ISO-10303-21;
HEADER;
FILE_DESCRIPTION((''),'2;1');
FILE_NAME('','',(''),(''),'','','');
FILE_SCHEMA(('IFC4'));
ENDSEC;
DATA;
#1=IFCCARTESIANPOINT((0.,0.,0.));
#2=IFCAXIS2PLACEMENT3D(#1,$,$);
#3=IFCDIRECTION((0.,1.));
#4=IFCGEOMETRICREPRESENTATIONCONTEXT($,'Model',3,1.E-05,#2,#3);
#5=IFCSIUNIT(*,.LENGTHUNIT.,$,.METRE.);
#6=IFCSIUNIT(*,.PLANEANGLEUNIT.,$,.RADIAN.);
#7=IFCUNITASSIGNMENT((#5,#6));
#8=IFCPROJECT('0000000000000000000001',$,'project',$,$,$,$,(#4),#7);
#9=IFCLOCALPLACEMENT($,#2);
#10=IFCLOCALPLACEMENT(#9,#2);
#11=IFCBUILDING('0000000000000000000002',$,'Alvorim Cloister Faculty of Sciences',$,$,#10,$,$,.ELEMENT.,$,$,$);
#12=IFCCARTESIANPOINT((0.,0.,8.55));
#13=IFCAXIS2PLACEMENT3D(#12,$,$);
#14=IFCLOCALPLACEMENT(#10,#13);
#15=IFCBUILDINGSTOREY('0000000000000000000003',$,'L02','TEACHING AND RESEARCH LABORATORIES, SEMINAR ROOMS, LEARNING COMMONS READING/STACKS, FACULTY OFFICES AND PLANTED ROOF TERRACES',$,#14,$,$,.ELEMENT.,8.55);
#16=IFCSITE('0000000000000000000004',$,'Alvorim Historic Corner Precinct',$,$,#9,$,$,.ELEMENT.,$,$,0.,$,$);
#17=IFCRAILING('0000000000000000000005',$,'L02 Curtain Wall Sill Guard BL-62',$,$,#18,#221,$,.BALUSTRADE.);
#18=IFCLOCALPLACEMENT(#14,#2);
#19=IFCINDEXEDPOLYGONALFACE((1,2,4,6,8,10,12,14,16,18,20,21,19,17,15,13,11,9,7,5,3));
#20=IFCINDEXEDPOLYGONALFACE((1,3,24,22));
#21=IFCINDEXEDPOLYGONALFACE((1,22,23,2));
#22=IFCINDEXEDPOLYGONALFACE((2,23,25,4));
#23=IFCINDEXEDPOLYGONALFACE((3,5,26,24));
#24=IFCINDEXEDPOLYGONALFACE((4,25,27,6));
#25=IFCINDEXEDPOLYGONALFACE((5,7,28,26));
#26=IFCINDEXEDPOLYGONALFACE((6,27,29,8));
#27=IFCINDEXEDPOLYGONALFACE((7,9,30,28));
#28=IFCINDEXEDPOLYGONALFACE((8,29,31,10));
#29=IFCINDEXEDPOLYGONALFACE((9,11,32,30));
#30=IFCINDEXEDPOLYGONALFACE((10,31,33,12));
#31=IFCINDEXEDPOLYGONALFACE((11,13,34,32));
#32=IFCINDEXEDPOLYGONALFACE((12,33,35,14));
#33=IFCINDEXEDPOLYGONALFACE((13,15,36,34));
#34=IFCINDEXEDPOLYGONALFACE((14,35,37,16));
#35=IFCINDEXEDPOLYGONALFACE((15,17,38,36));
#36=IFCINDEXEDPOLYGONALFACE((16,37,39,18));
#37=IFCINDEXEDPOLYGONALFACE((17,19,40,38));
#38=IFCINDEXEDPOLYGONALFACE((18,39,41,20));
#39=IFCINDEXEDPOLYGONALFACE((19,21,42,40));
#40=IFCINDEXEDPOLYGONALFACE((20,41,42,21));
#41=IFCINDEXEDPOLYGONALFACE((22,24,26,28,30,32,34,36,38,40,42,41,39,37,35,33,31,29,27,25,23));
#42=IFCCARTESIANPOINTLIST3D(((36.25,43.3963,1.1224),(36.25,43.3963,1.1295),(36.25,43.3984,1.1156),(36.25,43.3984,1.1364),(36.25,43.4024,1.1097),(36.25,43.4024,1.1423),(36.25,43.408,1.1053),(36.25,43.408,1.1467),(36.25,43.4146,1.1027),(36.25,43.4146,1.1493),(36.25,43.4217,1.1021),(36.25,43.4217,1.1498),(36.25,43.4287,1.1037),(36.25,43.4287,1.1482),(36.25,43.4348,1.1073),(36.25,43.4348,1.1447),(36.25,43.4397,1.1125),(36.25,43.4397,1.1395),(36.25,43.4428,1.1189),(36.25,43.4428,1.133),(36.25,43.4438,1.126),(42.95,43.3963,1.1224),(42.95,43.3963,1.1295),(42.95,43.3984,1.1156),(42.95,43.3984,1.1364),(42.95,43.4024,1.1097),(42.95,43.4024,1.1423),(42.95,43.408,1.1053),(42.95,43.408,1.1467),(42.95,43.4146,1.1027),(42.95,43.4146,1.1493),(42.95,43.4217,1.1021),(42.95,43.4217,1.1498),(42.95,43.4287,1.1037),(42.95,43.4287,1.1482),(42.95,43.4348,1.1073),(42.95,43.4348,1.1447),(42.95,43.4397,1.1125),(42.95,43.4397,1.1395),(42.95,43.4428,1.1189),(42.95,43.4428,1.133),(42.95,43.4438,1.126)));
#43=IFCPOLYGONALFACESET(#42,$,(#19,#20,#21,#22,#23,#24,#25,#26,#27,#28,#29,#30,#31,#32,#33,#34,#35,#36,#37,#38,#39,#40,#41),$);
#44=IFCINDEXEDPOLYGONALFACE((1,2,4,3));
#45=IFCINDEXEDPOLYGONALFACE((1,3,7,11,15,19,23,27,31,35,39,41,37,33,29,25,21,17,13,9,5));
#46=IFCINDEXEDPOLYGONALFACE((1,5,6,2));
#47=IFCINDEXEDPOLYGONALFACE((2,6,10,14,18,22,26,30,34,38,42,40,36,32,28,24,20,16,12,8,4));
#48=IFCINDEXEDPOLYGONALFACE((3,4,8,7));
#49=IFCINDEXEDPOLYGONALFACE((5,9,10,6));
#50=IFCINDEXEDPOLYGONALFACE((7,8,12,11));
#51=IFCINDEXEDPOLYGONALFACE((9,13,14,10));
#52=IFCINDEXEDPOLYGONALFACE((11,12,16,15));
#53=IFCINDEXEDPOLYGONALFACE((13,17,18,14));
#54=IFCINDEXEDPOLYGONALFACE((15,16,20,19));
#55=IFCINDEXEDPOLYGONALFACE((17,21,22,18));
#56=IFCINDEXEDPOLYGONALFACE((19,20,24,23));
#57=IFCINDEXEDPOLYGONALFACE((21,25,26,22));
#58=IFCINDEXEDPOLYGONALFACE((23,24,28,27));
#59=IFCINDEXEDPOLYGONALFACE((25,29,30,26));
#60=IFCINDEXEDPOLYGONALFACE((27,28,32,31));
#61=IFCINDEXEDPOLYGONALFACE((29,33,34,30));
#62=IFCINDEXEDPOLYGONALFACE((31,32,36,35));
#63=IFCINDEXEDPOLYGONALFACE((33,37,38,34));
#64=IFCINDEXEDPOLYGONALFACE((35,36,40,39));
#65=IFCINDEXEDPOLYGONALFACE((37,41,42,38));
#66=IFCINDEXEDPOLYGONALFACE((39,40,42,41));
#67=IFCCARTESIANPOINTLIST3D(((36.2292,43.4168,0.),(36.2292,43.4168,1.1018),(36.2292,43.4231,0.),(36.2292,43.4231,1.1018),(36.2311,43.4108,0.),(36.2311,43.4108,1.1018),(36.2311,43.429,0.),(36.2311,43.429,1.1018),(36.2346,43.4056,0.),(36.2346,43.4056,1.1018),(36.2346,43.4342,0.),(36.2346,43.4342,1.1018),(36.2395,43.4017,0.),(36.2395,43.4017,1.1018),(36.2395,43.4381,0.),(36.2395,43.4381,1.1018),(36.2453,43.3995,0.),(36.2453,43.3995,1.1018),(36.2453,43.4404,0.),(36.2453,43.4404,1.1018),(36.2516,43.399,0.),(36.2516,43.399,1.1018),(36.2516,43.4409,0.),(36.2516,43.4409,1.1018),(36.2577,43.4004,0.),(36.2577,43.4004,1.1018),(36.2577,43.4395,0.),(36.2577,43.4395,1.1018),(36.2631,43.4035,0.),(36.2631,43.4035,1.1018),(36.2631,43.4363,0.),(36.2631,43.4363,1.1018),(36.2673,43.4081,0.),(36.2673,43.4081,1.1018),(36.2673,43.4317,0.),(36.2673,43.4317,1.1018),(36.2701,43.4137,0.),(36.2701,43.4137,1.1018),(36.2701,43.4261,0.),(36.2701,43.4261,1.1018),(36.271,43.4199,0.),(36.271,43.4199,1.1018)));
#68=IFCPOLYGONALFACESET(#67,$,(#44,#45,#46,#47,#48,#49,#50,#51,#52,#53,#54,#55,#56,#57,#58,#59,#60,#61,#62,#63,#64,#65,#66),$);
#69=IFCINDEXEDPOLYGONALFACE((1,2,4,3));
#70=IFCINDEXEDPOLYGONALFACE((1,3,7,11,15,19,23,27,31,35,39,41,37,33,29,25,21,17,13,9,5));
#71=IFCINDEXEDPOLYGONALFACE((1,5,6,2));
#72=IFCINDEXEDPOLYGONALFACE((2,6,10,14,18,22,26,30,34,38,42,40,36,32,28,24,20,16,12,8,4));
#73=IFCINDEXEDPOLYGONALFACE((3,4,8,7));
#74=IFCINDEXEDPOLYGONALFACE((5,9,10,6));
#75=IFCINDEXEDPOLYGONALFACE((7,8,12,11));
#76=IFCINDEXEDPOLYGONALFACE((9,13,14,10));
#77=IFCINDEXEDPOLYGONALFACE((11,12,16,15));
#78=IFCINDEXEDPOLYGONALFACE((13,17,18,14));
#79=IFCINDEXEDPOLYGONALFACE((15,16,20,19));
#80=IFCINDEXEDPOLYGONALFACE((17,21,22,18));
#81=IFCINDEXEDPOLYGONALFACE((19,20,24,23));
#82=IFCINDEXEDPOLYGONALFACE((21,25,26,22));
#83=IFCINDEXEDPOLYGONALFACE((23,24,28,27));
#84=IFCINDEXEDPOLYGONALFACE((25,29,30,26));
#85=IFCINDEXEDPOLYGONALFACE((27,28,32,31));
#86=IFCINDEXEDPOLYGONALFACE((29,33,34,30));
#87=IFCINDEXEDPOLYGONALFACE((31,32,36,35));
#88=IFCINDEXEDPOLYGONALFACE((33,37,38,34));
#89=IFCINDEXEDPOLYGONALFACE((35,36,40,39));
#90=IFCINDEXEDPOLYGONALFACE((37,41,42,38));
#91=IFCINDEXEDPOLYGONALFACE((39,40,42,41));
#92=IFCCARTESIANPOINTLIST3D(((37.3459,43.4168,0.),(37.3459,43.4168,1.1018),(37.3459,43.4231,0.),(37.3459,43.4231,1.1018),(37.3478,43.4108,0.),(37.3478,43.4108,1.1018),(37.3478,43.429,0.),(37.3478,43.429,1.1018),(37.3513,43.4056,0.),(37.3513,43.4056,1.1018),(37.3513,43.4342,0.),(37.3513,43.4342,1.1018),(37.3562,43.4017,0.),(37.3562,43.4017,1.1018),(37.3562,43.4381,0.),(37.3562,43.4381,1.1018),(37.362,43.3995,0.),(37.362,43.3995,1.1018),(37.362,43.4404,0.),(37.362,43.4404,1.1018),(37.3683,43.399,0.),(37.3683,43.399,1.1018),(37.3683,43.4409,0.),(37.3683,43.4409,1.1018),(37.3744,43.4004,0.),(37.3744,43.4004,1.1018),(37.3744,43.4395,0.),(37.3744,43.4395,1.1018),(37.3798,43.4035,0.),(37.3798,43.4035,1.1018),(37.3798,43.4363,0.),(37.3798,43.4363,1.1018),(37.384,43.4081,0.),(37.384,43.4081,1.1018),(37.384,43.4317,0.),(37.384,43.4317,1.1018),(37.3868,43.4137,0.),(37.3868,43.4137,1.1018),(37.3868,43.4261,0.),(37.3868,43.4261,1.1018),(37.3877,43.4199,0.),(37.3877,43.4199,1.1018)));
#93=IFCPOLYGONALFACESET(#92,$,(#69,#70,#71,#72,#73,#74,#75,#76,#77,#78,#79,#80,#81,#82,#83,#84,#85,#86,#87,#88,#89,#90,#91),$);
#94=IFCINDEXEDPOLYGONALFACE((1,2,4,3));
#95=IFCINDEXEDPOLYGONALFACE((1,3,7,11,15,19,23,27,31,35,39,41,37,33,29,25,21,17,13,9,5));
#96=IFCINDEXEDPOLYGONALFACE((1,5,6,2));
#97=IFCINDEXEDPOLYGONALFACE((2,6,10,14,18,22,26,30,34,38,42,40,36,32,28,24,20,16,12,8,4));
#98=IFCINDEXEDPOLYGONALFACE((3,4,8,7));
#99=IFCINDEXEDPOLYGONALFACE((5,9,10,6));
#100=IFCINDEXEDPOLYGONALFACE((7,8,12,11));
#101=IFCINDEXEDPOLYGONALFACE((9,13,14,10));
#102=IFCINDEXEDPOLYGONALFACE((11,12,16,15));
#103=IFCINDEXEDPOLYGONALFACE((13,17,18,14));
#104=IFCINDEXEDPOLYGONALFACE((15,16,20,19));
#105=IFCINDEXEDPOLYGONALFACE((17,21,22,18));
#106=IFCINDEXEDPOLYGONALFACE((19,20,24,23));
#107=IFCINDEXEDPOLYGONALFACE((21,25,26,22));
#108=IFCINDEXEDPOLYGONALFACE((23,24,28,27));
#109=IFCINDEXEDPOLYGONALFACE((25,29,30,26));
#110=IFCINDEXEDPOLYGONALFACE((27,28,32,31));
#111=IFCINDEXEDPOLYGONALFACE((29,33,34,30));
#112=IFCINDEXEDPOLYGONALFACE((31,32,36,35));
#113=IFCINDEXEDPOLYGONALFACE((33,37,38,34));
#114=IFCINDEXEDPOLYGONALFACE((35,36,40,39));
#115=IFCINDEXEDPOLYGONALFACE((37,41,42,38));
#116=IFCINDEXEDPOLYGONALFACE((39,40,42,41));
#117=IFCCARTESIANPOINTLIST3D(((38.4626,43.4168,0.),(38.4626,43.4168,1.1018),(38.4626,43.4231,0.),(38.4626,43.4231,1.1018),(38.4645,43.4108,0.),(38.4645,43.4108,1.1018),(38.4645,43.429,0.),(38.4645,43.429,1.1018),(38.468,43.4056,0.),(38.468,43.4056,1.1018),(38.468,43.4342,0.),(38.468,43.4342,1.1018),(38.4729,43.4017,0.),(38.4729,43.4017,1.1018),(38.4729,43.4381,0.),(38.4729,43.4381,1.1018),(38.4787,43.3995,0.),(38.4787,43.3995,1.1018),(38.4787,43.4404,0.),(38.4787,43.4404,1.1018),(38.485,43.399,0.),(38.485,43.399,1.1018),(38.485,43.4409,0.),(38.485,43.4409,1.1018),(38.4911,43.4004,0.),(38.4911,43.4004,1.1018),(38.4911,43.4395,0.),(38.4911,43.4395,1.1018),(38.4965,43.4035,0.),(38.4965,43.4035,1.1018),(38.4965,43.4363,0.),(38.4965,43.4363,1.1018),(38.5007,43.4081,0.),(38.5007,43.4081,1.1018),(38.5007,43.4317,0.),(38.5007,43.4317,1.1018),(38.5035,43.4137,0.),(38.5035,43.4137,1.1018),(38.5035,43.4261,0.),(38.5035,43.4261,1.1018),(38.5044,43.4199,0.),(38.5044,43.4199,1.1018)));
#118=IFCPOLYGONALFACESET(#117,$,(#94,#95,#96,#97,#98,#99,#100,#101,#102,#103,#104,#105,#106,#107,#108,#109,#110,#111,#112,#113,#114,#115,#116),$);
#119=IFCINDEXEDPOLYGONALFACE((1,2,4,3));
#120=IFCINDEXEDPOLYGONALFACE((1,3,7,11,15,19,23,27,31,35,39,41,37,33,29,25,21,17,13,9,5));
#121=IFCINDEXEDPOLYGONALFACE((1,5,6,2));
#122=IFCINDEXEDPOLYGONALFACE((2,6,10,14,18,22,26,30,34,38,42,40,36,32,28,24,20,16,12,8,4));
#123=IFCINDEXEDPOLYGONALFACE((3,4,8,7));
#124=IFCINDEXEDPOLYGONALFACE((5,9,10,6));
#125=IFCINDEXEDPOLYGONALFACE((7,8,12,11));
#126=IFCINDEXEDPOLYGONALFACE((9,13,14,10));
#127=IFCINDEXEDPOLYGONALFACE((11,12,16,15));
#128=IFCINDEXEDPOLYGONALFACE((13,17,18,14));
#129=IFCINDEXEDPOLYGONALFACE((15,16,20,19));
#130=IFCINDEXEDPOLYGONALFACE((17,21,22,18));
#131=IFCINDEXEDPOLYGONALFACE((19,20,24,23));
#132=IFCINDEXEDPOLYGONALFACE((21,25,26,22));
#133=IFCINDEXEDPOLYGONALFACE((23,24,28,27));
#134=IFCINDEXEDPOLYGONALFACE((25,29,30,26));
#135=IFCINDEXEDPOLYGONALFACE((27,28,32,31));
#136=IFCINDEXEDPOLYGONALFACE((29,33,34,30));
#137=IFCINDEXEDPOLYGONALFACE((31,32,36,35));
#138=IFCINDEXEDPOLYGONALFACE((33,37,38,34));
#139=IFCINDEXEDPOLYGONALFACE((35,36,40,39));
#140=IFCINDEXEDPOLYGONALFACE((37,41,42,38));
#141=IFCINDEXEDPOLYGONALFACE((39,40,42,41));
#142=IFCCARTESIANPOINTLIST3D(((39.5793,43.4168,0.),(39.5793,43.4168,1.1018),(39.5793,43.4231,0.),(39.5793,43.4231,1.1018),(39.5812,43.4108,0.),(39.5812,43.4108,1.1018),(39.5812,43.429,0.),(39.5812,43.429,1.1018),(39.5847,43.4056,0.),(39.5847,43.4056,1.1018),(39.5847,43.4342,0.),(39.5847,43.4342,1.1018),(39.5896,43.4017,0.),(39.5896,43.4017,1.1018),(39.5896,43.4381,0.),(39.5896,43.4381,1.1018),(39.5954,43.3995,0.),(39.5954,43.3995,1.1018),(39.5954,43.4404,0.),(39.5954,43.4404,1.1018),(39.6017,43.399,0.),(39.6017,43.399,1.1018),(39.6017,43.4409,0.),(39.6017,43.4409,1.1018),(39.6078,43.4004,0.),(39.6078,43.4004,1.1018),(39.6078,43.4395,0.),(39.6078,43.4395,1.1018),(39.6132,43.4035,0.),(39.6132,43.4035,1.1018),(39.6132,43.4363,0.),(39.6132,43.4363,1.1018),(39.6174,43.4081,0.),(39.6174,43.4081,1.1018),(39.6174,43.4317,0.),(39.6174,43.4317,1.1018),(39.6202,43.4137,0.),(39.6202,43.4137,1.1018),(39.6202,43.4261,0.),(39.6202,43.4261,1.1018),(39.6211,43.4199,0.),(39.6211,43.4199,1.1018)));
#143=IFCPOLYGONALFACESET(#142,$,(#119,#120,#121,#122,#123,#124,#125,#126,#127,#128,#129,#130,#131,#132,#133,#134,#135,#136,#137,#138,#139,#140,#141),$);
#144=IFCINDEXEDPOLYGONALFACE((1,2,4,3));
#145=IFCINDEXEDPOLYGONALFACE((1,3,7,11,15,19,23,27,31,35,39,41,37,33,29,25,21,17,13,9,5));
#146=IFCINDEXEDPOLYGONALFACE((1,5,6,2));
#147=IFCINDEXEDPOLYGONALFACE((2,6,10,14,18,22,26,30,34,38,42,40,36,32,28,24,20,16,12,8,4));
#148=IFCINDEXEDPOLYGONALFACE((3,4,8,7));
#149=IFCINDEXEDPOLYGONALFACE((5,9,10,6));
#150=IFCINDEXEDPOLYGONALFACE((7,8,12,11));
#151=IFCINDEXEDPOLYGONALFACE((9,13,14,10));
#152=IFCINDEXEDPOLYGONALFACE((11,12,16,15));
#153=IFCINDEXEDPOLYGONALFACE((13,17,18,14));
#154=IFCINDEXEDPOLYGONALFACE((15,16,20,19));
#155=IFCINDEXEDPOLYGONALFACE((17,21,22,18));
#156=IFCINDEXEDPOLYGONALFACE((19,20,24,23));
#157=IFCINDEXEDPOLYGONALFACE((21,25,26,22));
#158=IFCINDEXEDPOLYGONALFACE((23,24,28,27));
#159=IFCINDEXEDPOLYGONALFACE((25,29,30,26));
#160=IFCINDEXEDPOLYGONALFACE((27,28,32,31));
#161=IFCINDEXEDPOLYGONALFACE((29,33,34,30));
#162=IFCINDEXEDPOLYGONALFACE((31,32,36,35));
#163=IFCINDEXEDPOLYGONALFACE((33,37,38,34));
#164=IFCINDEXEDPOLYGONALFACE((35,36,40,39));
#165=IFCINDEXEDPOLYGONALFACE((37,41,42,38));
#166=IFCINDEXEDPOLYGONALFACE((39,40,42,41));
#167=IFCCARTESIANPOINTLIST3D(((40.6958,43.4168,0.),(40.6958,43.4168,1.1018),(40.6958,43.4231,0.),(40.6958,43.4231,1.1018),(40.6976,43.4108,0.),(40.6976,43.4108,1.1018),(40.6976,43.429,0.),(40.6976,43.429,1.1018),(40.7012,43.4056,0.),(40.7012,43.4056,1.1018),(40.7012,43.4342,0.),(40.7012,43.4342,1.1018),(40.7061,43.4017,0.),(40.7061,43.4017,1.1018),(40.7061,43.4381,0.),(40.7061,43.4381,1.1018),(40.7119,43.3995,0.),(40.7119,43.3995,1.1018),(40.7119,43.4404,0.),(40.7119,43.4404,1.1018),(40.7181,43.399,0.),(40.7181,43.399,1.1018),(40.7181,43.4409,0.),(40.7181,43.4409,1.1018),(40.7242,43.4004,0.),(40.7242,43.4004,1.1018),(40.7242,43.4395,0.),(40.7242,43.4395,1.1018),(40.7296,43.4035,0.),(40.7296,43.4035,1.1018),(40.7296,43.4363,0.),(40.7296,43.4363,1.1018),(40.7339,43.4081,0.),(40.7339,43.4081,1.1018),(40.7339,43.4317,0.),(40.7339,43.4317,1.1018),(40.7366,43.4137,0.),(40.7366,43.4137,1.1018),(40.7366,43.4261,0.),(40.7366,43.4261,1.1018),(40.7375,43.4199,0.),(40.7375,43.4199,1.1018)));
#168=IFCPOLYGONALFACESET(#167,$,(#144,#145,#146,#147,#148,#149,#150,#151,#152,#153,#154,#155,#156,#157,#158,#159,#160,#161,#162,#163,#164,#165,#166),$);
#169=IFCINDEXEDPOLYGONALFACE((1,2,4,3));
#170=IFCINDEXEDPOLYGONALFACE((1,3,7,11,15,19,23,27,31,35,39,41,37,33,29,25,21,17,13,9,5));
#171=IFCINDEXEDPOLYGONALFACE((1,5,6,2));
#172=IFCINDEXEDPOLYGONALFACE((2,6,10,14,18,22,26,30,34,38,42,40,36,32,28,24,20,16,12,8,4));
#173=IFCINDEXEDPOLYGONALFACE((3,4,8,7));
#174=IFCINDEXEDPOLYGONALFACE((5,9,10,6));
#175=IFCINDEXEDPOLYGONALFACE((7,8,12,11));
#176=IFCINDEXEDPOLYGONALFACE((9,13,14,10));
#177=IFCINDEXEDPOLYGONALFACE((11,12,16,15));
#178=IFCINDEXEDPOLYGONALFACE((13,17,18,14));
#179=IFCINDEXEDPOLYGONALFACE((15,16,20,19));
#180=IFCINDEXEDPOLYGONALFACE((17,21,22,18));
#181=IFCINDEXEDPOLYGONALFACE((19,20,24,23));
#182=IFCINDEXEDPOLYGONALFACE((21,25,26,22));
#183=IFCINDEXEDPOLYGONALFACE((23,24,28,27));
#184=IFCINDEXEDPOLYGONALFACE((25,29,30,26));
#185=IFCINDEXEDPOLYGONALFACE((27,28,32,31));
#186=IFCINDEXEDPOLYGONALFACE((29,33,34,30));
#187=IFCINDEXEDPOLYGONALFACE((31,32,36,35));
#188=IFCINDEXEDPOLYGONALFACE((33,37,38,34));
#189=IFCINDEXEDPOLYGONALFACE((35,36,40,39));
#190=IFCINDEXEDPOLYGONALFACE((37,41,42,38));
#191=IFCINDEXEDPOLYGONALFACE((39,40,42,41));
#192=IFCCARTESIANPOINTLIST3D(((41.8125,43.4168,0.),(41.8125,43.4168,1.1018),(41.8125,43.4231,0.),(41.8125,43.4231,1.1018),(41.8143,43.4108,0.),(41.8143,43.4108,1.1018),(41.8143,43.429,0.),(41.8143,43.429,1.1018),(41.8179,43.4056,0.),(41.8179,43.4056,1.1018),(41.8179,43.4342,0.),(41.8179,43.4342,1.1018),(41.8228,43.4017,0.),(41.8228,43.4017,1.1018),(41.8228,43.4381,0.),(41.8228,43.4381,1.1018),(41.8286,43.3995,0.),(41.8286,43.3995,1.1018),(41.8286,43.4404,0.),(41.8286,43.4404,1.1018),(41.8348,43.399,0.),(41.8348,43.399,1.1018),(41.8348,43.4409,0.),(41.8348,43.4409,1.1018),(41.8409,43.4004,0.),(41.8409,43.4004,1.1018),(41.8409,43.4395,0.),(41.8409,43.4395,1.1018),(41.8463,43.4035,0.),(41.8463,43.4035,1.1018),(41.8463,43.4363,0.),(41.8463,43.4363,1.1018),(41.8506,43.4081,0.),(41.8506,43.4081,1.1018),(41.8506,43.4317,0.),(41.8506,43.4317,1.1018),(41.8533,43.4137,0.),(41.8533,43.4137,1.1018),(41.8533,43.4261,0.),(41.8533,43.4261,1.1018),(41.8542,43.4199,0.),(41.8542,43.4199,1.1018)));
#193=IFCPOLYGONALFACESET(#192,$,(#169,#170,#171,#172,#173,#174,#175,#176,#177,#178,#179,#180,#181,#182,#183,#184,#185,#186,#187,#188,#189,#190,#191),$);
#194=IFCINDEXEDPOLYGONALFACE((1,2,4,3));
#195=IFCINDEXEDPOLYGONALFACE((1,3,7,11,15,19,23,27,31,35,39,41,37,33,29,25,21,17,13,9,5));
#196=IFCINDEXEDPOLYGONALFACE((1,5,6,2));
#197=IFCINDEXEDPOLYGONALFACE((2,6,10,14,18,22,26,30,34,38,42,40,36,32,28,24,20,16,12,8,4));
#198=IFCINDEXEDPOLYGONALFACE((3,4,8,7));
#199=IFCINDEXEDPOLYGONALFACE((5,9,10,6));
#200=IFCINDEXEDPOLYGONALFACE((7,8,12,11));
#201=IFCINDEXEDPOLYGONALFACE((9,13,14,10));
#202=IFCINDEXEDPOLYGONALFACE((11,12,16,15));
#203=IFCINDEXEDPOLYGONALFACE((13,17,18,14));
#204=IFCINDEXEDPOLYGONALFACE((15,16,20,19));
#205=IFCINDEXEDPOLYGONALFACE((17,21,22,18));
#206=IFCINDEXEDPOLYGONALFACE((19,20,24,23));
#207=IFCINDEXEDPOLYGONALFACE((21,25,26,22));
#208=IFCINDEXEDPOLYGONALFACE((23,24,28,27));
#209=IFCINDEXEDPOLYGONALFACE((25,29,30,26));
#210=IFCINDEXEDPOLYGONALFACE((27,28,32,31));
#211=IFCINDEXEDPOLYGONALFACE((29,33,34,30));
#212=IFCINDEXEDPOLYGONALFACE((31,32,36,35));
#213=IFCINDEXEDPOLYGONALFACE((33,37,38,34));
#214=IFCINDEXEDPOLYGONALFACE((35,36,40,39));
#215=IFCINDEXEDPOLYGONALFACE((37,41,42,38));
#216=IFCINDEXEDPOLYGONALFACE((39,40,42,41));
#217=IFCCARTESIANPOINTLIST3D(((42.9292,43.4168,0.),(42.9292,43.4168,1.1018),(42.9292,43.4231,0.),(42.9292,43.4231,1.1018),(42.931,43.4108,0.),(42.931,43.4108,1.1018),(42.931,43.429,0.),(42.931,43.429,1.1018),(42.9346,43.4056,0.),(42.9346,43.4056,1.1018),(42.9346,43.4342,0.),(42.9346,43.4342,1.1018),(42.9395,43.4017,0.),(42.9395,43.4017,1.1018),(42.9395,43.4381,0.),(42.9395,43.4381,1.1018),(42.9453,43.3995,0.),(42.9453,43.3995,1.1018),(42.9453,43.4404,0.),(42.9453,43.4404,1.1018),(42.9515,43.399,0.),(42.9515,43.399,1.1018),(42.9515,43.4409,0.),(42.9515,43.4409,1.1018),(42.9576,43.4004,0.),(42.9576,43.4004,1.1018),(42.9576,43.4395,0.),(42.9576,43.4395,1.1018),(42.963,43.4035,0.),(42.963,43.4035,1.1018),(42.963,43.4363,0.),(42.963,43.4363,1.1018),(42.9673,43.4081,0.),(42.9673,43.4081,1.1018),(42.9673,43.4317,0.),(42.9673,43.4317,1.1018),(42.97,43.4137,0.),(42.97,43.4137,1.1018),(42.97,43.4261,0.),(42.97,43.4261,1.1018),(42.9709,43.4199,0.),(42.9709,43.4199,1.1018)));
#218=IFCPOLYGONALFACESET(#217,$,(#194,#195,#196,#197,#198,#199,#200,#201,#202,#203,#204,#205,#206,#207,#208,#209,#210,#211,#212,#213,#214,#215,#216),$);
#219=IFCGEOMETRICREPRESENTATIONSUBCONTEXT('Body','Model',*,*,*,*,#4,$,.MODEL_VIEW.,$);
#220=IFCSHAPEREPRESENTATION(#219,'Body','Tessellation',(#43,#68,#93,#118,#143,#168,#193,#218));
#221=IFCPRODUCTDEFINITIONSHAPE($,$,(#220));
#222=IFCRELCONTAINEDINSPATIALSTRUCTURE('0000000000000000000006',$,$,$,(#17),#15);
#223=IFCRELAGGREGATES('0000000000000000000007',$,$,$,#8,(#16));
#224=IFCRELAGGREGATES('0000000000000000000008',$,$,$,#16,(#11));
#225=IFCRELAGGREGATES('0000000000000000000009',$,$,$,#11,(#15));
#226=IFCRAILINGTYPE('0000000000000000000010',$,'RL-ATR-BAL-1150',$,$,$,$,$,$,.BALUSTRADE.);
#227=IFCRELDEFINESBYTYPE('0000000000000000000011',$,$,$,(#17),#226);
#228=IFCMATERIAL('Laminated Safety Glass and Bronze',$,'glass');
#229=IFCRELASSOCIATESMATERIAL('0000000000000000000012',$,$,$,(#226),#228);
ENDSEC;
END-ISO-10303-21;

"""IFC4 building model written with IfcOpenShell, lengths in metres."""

from ifc_helpers import new_model, si_unit, direction, frame, origin, origin_2d, place, context, subcontext, project, spatial, circle, extrude, material, type_object, element, save


model = new_model("IFC4")

# Units and contexts
model_context = context("Model", 3, precision=1e-05, world=origin(), true_north=direction((0.0, 1.0)))
body_context = subcontext(model_context, "Body", "Model", "MODEL_VIEW")
ifc_project = project(units=[si_unit("LENGTHUNIT", "METRE"), si_unit("PLANEANGLEUNIT", "RADIAN")], contexts=[model_context])

# Site, building, storey
site_placement = place(None, origin())
site = spatial("IfcSite", under=ifc_project, at=site_placement, Name="Alvorim Historic Corner Precinct", CompositionType="ELEMENT", RefElevation=0.0)
building_placement = place(site_placement, origin())
building = spatial("IfcBuilding", under=site, at=building_placement, Name="Alvorim Cloister Faculty of Sciences", CompositionType="ELEMENT")
storey_placement = place(building_placement, frame((0.0, 0.0, 8.55)))
storey = spatial("IfcBuildingStorey", under=building, at=storey_placement, Name="L02", Description="TEACHING AND RESEARCH LABORATORIES, SEMINAR ROOMS, LEARNING COMMONS READING/STACKS, FACULTY OFFICES AND PLANTED ROOF TERRACES", CompositionType="ELEMENT", Elevation=8.55)

# Railing
ifc_material_1 = material(Name="Laminated Safety Glass and Bronze", Category="glass")
railing_type = type_object("IfcRailingType", Name="RL-ATR-BAL-1150", PredefinedType="BALUSTRADE", material=ifc_material_1)
railing_placement = place(storey_placement, frame((36.25, 43.4199, 0.0)))
element("IfcRailing", 1, at=railing_placement, inside=storey, type_object=railing_type, Name="L02 Curtain Wall Sill Guard BL-62", PredefinedType="BALUSTRADE", context=body_context, shape_type="SweptSolid", body=[
    extrude(circle(Radius=0.0239, at=origin_2d()), frame((0.0, 0.0, 1.126), z_axis=(1.0, 0.0, 0.0), x_axis=(0.0, 1.0, 0.0)), (0.0, 0.0, 1.0), 6.7),
    extrude(circle(Radius=0.021, at=origin_2d()), origin(), (0.0, 0.0, 1.0), 1.1018),
    extrude(circle(Radius=0.021, at=origin_2d()), frame((1.1167, 0.0, 0.0)), (0.0, 0.0, 1.0), 1.1018),
    extrude(circle(Radius=0.021, at=origin_2d()), frame((2.2334, 0.0, 0.0)), (0.0, 0.0, 1.0), 1.1018),
    extrude(circle(Radius=0.021, at=origin_2d()), frame((3.3501, 0.0, 0.0)), (0.0, 0.0, 1.0), 1.1018),
    extrude(circle(Radius=0.021, at=origin_2d()), frame((4.4666, 0.0, 0.0)), (0.0, 0.0, 1.0), 1.1018),
    extrude(circle(Radius=0.021, at=origin_2d()), frame((5.5833, 0.0, 0.0)), (0.0, 0.0, 1.0), 1.1018),
    extrude(circle(Radius=0.021, at=origin_2d()), frame((6.7, 0.0, 0.0)), (0.0, 0.0, 1.0), 1.1018),
])

save(model, "model.ifc")
